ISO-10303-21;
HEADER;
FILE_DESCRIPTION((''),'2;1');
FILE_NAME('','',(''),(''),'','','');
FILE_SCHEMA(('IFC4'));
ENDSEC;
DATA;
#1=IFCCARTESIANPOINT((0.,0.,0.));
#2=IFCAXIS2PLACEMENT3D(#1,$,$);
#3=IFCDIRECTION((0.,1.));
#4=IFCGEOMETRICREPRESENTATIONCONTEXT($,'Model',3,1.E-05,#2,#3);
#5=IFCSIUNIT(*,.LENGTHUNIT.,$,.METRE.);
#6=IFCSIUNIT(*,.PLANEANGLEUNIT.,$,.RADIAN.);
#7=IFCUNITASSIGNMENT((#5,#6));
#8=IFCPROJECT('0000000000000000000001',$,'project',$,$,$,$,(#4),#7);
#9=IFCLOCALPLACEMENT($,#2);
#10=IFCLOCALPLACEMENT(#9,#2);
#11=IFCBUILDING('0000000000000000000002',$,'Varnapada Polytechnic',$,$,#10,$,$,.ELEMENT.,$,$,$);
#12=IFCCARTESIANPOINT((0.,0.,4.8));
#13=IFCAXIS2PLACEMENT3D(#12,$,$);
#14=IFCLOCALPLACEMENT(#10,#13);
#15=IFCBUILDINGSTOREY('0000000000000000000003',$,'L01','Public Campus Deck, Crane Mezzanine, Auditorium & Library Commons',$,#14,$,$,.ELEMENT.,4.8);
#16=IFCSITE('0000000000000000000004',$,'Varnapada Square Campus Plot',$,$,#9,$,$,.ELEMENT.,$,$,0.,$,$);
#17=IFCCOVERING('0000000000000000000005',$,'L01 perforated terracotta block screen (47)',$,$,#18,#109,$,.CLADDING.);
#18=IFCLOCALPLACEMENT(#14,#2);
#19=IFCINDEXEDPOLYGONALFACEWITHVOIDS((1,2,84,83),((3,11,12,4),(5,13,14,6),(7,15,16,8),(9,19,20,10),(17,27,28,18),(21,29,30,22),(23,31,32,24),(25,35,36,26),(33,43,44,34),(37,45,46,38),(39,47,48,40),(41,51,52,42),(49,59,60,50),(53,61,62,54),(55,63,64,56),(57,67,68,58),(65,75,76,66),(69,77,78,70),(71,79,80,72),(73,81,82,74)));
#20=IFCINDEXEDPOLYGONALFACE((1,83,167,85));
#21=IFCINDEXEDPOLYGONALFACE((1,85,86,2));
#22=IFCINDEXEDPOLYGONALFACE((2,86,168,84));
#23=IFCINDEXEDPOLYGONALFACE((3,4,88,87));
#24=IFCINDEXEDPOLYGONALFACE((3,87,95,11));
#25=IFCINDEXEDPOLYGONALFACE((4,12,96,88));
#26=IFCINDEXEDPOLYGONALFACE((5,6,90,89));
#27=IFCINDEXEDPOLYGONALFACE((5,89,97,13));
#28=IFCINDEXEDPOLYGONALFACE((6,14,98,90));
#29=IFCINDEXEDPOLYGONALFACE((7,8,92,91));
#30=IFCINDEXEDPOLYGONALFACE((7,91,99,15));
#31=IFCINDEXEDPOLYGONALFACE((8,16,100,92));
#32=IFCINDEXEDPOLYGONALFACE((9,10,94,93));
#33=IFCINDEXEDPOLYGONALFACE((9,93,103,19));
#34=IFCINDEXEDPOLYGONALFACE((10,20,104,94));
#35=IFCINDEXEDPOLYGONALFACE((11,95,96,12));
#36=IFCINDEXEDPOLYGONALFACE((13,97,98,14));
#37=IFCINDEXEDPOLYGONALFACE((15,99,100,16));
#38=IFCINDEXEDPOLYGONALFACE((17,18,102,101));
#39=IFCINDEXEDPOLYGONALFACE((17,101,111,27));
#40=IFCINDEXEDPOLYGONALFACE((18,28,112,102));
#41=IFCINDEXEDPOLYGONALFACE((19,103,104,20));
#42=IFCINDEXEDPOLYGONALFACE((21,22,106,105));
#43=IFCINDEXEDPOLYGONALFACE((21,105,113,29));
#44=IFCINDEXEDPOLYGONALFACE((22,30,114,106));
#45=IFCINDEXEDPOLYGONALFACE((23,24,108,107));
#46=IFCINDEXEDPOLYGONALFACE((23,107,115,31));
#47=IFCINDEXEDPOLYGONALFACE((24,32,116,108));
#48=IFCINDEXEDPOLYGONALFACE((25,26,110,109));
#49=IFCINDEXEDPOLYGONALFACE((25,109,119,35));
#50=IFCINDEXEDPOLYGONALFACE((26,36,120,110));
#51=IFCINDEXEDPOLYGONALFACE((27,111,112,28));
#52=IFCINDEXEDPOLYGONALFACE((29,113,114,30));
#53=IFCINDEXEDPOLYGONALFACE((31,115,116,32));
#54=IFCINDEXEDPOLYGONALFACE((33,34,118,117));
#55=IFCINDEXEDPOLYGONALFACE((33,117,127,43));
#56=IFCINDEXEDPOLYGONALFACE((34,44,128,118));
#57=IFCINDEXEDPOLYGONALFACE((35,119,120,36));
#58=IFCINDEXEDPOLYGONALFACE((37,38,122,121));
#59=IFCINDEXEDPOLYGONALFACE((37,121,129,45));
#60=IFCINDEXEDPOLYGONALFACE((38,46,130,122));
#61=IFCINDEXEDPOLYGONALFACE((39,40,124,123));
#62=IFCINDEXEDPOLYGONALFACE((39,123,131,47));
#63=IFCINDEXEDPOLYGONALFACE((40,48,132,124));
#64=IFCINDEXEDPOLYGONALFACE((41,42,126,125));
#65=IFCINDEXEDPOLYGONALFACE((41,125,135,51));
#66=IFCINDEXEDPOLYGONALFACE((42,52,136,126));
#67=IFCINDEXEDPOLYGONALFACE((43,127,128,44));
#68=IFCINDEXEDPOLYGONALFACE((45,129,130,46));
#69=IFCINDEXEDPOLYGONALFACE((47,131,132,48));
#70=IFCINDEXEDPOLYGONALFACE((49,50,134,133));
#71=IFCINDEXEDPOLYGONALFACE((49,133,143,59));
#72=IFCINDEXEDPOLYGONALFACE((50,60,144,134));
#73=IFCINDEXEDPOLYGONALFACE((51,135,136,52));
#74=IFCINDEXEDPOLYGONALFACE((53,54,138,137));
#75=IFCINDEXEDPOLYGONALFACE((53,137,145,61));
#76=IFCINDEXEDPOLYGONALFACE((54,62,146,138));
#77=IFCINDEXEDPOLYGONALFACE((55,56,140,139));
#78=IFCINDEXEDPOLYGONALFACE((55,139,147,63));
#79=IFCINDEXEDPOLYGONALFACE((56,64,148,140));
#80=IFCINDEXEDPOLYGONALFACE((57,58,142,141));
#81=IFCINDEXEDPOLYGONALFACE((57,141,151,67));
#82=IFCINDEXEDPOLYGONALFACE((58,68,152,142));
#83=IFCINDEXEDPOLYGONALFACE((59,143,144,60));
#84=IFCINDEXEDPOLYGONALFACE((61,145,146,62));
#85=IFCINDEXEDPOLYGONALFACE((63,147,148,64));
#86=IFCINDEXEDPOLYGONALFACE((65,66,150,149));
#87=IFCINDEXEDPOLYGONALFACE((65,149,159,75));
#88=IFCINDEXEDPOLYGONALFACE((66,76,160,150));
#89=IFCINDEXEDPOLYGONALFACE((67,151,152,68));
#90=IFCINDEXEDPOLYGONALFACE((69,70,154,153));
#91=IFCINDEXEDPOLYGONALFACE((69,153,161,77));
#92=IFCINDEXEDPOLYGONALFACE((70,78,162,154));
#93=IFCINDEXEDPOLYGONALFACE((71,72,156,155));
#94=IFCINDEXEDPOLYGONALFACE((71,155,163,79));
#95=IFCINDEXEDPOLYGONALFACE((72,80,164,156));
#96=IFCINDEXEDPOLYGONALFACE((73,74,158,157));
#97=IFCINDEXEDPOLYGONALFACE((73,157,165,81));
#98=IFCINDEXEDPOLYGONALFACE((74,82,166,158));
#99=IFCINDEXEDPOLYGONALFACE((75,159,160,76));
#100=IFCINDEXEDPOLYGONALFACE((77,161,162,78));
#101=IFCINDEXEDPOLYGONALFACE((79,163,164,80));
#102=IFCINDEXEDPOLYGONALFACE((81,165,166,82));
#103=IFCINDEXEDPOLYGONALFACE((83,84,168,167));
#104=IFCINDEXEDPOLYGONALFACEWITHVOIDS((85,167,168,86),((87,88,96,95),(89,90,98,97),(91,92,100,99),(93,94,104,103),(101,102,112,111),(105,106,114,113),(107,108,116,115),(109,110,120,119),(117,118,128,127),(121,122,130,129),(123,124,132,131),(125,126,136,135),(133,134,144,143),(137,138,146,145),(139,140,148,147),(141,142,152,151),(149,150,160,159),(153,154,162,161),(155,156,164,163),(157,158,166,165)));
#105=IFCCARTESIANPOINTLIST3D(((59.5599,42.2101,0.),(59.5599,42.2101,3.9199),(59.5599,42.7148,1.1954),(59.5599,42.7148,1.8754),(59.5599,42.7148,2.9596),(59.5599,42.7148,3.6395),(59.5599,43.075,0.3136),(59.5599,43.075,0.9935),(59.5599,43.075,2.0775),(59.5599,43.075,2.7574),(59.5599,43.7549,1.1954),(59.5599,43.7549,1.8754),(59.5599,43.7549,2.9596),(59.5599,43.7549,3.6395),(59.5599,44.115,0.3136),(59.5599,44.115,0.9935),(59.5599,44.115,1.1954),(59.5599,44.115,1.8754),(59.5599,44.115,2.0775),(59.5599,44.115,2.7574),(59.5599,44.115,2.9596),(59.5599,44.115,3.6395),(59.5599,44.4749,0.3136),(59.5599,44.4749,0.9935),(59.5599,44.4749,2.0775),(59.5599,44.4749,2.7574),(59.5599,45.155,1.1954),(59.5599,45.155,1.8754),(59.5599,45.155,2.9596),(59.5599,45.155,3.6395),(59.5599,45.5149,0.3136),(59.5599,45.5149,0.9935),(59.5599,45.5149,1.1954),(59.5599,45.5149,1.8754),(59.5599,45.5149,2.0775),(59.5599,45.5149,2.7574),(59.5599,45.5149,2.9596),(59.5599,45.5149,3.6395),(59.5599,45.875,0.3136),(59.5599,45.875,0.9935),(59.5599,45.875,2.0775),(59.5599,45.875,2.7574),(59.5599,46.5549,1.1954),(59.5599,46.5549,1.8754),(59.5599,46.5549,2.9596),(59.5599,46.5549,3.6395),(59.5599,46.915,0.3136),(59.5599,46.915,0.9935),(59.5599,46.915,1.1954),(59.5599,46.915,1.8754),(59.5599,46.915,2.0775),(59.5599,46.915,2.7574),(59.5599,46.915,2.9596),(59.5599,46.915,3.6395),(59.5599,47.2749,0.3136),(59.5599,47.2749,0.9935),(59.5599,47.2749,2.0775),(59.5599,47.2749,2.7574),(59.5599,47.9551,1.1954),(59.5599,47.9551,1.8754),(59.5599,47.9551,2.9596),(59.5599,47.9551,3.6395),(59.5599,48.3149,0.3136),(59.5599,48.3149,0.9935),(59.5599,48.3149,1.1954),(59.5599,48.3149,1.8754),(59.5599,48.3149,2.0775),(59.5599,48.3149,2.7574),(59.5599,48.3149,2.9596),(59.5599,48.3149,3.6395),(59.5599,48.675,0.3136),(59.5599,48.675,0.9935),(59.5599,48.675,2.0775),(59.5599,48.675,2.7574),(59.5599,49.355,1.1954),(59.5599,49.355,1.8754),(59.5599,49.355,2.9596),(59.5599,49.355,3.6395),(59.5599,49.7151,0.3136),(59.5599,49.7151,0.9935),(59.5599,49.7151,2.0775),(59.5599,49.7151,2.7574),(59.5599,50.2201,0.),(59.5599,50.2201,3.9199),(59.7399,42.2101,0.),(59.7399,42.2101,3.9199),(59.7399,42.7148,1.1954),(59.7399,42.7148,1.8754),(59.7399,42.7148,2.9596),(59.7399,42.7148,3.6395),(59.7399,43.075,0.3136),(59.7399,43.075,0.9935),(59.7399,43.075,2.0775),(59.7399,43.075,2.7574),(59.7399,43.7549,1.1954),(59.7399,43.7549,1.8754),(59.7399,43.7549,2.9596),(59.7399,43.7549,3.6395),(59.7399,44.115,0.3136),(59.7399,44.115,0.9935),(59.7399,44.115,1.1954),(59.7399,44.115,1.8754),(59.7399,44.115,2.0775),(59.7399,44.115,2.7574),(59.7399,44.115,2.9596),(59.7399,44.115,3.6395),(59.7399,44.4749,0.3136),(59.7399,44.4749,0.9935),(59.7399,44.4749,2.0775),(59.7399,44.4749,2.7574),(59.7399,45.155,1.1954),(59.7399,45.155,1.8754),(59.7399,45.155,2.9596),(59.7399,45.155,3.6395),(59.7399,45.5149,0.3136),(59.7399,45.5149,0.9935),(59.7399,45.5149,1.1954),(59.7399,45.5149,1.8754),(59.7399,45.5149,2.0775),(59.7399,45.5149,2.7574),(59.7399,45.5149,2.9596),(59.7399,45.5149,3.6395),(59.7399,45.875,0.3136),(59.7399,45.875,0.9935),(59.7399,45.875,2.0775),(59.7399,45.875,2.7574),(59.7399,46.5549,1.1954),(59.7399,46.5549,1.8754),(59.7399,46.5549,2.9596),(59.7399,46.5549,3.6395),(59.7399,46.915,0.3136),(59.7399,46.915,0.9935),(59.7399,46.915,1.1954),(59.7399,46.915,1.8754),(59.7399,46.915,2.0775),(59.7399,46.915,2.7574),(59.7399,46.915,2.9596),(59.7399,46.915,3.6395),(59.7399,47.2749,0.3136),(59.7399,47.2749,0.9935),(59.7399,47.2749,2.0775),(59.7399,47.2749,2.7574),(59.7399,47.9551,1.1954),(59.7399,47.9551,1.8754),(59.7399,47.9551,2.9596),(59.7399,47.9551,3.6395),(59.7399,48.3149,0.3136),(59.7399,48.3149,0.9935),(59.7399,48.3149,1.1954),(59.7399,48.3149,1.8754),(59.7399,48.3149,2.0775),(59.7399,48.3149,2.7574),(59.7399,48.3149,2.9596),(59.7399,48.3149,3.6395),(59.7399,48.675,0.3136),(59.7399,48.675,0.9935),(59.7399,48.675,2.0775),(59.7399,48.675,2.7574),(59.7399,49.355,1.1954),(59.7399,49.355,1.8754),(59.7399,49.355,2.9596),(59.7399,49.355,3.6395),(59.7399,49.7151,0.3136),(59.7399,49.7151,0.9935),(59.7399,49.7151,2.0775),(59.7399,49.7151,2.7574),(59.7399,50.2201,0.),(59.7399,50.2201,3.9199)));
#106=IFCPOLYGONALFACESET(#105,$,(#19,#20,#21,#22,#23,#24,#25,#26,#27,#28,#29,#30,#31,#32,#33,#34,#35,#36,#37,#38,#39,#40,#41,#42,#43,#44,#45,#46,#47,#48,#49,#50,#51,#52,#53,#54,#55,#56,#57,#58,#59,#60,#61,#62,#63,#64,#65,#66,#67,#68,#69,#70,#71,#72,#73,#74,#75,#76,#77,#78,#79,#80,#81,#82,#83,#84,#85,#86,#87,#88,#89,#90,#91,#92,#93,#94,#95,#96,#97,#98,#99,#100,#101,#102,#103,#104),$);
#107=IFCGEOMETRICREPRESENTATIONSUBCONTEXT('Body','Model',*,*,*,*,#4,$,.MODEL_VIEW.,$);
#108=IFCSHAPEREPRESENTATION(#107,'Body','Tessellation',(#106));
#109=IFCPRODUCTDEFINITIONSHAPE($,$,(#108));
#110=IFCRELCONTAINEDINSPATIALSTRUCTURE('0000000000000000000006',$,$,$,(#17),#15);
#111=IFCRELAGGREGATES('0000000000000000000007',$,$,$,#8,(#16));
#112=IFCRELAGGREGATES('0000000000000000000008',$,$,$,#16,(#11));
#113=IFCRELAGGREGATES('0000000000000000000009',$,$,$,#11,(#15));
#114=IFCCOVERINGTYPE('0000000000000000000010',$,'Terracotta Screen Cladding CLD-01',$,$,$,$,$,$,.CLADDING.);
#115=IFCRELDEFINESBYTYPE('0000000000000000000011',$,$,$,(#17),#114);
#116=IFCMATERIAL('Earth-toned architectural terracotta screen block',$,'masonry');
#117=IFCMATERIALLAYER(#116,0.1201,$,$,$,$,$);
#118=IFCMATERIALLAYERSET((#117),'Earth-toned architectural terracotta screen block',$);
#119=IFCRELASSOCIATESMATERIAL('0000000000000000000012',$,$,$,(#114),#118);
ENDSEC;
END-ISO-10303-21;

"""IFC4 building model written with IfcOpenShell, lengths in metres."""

from ifc_helpers import new_model, si_unit, direction, frame, frame_2d, origin, place, context, subcontext, project, spatial, rectangle, extrude, material, layer, layer_set, type_object, element, save


model = new_model("IFC4")

# Units and contexts
model_context = context("Model", 3, precision=1e-05, world=origin(), true_north=direction((0.0, 1.0)))
body_context = subcontext(model_context, "Body", "Model", "MODEL_VIEW")
ifc_project = project(units=[si_unit("LENGTHUNIT", "METRE"), si_unit("PLANEANGLEUNIT", "RADIAN")], contexts=[model_context])

# Site, building, storey
site_placement = place(None, origin())
site = spatial("IfcSite", under=ifc_project, at=site_placement, Name="Varnapada Square Campus Plot", CompositionType="ELEMENT", RefElevation=0.0)
building_placement = place(site_placement, origin())
building = spatial("IfcBuilding", under=site, at=building_placement, Name="Varnapada Polytechnic", CompositionType="ELEMENT")
storey_placement = place(building_placement, frame((0.0, 0.0, 4.8)))
storey = spatial("IfcBuildingStorey", under=building, at=storey_placement, Name="L01", Description="Public Campus Deck, Crane Mezzanine, Auditorium & Library Commons", CompositionType="ELEMENT", Elevation=4.8)

# Covering, openings
ifc_material_1 = material(Name="Earth-toned architectural terracotta screen block", Category="masonry")
ifc_layer_1 = layer(ifc_material_1, 0.1201)
ifc_layer_set_1 = layer_set([ifc_layer_1], Name="Earth-toned architectural terracotta screen block")
covering_type = type_object("IfcCoveringType", Name="Terracotta Screen Cladding CLD-01", PredefinedType="CLADDING", material=ifc_layer_set_1)
covering_placement = place(storey_placement, frame((59.6499, 50.22, 0.0), z_axis=(0.0, 0.0, 1.0), x_axis=(0.0, -1.0, 0.0)))
covering = element("IfcCovering", 1, at=covering_placement, inside=storey, type_object=covering_type, Name="L01 perforated terracotta block screen (47)", PredefinedType="CLADDING", context=body_context, shape_type="SweptSolid", body=[
    extrude(rectangle(XDim=8.01, YDim=0.1799, at=frame_2d((4.0049, 0.0))), origin(), (0.0, 0.0, 1.0), 3.9199),
])
opening_1_placement = place(covering_placement, frame((0.5049, 0.0, 0.3137)))
element("IfcOpeningElement", 2, at=opening_1_placement, cuts=covering, PredefinedType="OPENING", context=body_context, shape_type="SweptSolid", body=[
    extrude(rectangle(XDim=1.04, YDim=0.6799, at=frame_2d((0.52, 0.3398))), frame((0.0, 0.0999, 0.0), z_axis=(0.0, -1.0, 0.0), x_axis=(1.0, 0.0, 0.0)), (0.0, 0.0, 1.0), 0.2),
])
opening_2_placement = place(covering_placement, frame((1.905, 0.0, 0.3137)))
element("IfcOpeningElement", 3, at=opening_2_placement, cuts=covering, PredefinedType="OPENING", context=body_context, shape_type="SweptSolid", body=[
    extrude(rectangle(XDim=1.04, YDim=0.6799, at=frame_2d((0.52, 0.3398))), frame((0.0, 0.0999, 0.0), z_axis=(0.0, -1.0, 0.0), x_axis=(1.0, 0.0, 0.0)), (0.0, 0.0, 1.0), 0.2),
])
opening_3_placement = place(covering_placement, frame((3.3049, 0.0, 0.3137)))
element("IfcOpeningElement", 4, at=opening_3_placement, cuts=covering, PredefinedType="OPENING", context=body_context, shape_type="SweptSolid", body=[
    extrude(rectangle(XDim=1.04, YDim=0.6799, at=frame_2d((0.52, 0.3398))), frame((0.0, 0.0999, 0.0), z_axis=(0.0, -1.0, 0.0), x_axis=(1.0, 0.0, 0.0)), (0.0, 0.0, 1.0), 0.2),
])
opening_4_placement = place(covering_placement, frame((4.7051, 0.0, 0.3137)))
element("IfcOpeningElement", 5, at=opening_4_placement, cuts=covering, PredefinedType="OPENING", context=body_context, shape_type="SweptSolid", body=[
    extrude(rectangle(XDim=1.04, YDim=0.6799, at=frame_2d((0.52, 0.3398))), frame((0.0, 0.0999, 0.0), z_axis=(0.0, -1.0, 0.0), x_axis=(1.0, 0.0, 0.0)), (0.0, 0.0, 1.0), 0.2),
])
opening_5_placement = place(covering_placement, frame((6.105, 0.0, 0.3137)))
element("IfcOpeningElement", 6, at=opening_5_placement, cuts=covering, PredefinedType="OPENING", context=body_context, shape_type="SweptSolid", body=[
    extrude(rectangle(XDim=1.04, YDim=0.6799, at=frame_2d((0.52, 0.3398))), frame((0.0, 0.0999, 0.0), z_axis=(0.0, -1.0, 0.0), x_axis=(1.0, 0.0, 0.0)), (0.0, 0.0, 1.0), 0.2),
])
opening_6_placement = place(covering_placement, frame((0.865, 0.0, 1.1956)))
element("IfcOpeningElement", 7, at=opening_6_placement, cuts=covering, PredefinedType="OPENING", context=body_context, shape_type="SweptSolid", body=[
    extrude(rectangle(XDim=1.04, YDim=0.6799, at=frame_2d((0.52, 0.3398))), frame((0.0, 0.0999, 0.0), z_axis=(0.0, -1.0, 0.0), x_axis=(1.0, 0.0, 0.0)), (0.0, 0.0, 1.0), 0.2),
])
opening_7_placement = place(covering_placement, frame((2.2649, 0.0, 1.1956)))
element("IfcOpeningElement", 8, at=opening_7_placement, cuts=covering, PredefinedType="OPENING", context=body_context, shape_type="SweptSolid", body=[
    extrude(rectangle(XDim=1.04, YDim=0.6799, at=frame_2d((0.52, 0.3398))), frame((0.0, 0.0999, 0.0), z_axis=(0.0, -1.0, 0.0), x_axis=(1.0, 0.0, 0.0)), (0.0, 0.0, 1.0), 0.2),
])
opening_8_placement = place(covering_placement, frame((3.665, 0.0, 1.1956)))
element("IfcOpeningElement", 9, at=opening_8_placement, cuts=covering, PredefinedType="OPENING", context=body_context, shape_type="SweptSolid", body=[
    extrude(rectangle(XDim=1.04, YDim=0.6799, at=frame_2d((0.52, 0.3398))), frame((0.0, 0.0999, 0.0), z_axis=(0.0, -1.0, 0.0), x_axis=(1.0, 0.0, 0.0)), (0.0, 0.0, 1.0), 0.2),
])
opening_9_placement = place(covering_placement, frame((5.0649, 0.0, 1.1956)))
element("IfcOpeningElement", 10, at=opening_9_placement, cuts=covering, PredefinedType="OPENING", context=body_context, shape_type="SweptSolid", body=[
    extrude(rectangle(XDim=1.04, YDim=0.6799, at=frame_2d((0.52, 0.3398))), frame((0.0, 0.0999, 0.0), z_axis=(0.0, -1.0, 0.0), x_axis=(1.0, 0.0, 0.0)), (0.0, 0.0, 1.0), 0.2),
])
opening_10_placement = place(covering_placement, frame((6.4651, 0.0, 1.1956)))
element("IfcOpeningElement", 11, at=opening_10_placement, cuts=covering, PredefinedType="OPENING", context=body_context, shape_type="SweptSolid", body=[
    extrude(rectangle(XDim=1.04, YDim=0.6799, at=frame_2d((0.52, 0.3398))), frame((0.0, 0.0999, 0.0), z_axis=(0.0, -1.0, 0.0), x_axis=(1.0, 0.0, 0.0)), (0.0, 0.0, 1.0), 0.2),
])
opening_11_placement = place(covering_placement, frame((0.5049, 0.0, 2.0776)))
element("IfcOpeningElement", 12, at=opening_11_placement, cuts=covering, PredefinedType="OPENING", context=body_context, shape_type="SweptSolid", body=[
    extrude(rectangle(XDim=1.04, YDim=0.6799, at=frame_2d((0.52, 0.3398))), frame((0.0, 0.0999, 0.0), z_axis=(0.0, -1.0, 0.0), x_axis=(1.0, 0.0, 0.0)), (0.0, 0.0, 1.0), 0.2),
])
opening_12_placement = place(covering_placement, frame((1.905, 0.0, 2.0776)))
element("IfcOpeningElement", 13, at=opening_12_placement, cuts=covering, PredefinedType="OPENING", context=body_context, shape_type="SweptSolid", body=[
    extrude(rectangle(XDim=1.04, YDim=0.6799, at=frame_2d((0.52, 0.3398))), frame((0.0, 0.0999, 0.0), z_axis=(0.0, -1.0, 0.0), x_axis=(1.0, 0.0, 0.0)), (0.0, 0.0, 1.0), 0.2),
])
opening_13_placement = place(covering_placement, frame((3.3049, 0.0, 2.0776)))
element("IfcOpeningElement", 14, at=opening_13_placement, cuts=covering, PredefinedType="OPENING", context=body_context, shape_type="SweptSolid", body=[
    extrude(rectangle(XDim=1.04, YDim=0.6799, at=frame_2d((0.52, 0.3398))), frame((0.0, 0.0999, 0.0), z_axis=(0.0, -1.0, 0.0), x_axis=(1.0, 0.0, 0.0)), (0.0, 0.0, 1.0), 0.2),
])
opening_14_placement = place(covering_placement, frame((4.7051, 0.0, 2.0776)))
element("IfcOpeningElement", 15, at=opening_14_placement, cuts=covering, PredefinedType="OPENING", context=body_context, shape_type="SweptSolid", body=[
    extrude(rectangle(XDim=1.04, YDim=0.6799, at=frame_2d((0.52, 0.3398))), frame((0.0, 0.0999, 0.0), z_axis=(0.0, -1.0, 0.0), x_axis=(1.0, 0.0, 0.0)), (0.0, 0.0, 1.0), 0.2),
])
opening_15_placement = place(covering_placement, frame((6.105, 0.0, 2.0776)))
element("IfcOpeningElement", 16, at=opening_15_placement, cuts=covering, PredefinedType="OPENING", context=body_context, shape_type="SweptSolid", body=[
    extrude(rectangle(XDim=1.04, YDim=0.6799, at=frame_2d((0.52, 0.3398))), frame((0.0, 0.0999, 0.0), z_axis=(0.0, -1.0, 0.0), x_axis=(1.0, 0.0, 0.0)), (0.0, 0.0, 1.0), 0.2),
])
opening_16_placement = place(covering_placement, frame((0.865, 0.0, 2.9597)))
element("IfcOpeningElement", 17, at=opening_16_placement, cuts=covering, PredefinedType="OPENING", context=body_context, shape_type="SweptSolid", body=[
    extrude(rectangle(XDim=1.04, YDim=0.6799, at=frame_2d((0.52, 0.3398))), frame((0.0, 0.0999, 0.0), z_axis=(0.0, -1.0, 0.0), x_axis=(1.0, 0.0, 0.0)), (0.0, 0.0, 1.0), 0.2),
])
opening_17_placement = place(covering_placement, frame((2.2649, 0.0, 2.9597)))
element("IfcOpeningElement", 18, at=opening_17_placement, cuts=covering, PredefinedType="OPENING", context=body_context, shape_type="SweptSolid", body=[
    extrude(rectangle(XDim=1.04, YDim=0.6799, at=frame_2d((0.52, 0.3398))), frame((0.0, 0.0999, 0.0), z_axis=(0.0, -1.0, 0.0), x_axis=(1.0, 0.0, 0.0)), (0.0, 0.0, 1.0), 0.2),
])
opening_18_placement = place(covering_placement, frame((3.665, 0.0, 2.9597)))
element("IfcOpeningElement", 19, at=opening_18_placement, cuts=covering, PredefinedType="OPENING", context=body_context, shape_type="SweptSolid", body=[
    extrude(rectangle(XDim=1.04, YDim=0.6799, at=frame_2d((0.52, 0.3398))), frame((0.0, 0.0999, 0.0), z_axis=(0.0, -1.0, 0.0), x_axis=(1.0, 0.0, 0.0)), (0.0, 0.0, 1.0), 0.2),
])
opening_19_placement = place(covering_placement, frame((5.0649, 0.0, 2.9597)))
element("IfcOpeningElement", 20, at=opening_19_placement, cuts=covering, PredefinedType="OPENING", context=body_context, shape_type="SweptSolid", body=[
    extrude(rectangle(XDim=1.04, YDim=0.6799, at=frame_2d((0.52, 0.3398))), frame((0.0, 0.0999, 0.0), z_axis=(0.0, -1.0, 0.0), x_axis=(1.0, 0.0, 0.0)), (0.0, 0.0, 1.0), 0.2),
])
opening_20_placement = place(covering_placement, frame((6.4651, 0.0, 2.9597)))
element("IfcOpeningElement", 21, at=opening_20_placement, cuts=covering, PredefinedType="OPENING", context=body_context, shape_type="SweptSolid", body=[
    extrude(rectangle(XDim=1.04, YDim=0.6799, at=frame_2d((0.52, 0.3398))), frame((0.0, 0.0999, 0.0), z_axis=(0.0, -1.0, 0.0), x_axis=(1.0, 0.0, 0.0)), (0.0, 0.0, 1.0), 0.2),
])

save(model, "model.ifc")
